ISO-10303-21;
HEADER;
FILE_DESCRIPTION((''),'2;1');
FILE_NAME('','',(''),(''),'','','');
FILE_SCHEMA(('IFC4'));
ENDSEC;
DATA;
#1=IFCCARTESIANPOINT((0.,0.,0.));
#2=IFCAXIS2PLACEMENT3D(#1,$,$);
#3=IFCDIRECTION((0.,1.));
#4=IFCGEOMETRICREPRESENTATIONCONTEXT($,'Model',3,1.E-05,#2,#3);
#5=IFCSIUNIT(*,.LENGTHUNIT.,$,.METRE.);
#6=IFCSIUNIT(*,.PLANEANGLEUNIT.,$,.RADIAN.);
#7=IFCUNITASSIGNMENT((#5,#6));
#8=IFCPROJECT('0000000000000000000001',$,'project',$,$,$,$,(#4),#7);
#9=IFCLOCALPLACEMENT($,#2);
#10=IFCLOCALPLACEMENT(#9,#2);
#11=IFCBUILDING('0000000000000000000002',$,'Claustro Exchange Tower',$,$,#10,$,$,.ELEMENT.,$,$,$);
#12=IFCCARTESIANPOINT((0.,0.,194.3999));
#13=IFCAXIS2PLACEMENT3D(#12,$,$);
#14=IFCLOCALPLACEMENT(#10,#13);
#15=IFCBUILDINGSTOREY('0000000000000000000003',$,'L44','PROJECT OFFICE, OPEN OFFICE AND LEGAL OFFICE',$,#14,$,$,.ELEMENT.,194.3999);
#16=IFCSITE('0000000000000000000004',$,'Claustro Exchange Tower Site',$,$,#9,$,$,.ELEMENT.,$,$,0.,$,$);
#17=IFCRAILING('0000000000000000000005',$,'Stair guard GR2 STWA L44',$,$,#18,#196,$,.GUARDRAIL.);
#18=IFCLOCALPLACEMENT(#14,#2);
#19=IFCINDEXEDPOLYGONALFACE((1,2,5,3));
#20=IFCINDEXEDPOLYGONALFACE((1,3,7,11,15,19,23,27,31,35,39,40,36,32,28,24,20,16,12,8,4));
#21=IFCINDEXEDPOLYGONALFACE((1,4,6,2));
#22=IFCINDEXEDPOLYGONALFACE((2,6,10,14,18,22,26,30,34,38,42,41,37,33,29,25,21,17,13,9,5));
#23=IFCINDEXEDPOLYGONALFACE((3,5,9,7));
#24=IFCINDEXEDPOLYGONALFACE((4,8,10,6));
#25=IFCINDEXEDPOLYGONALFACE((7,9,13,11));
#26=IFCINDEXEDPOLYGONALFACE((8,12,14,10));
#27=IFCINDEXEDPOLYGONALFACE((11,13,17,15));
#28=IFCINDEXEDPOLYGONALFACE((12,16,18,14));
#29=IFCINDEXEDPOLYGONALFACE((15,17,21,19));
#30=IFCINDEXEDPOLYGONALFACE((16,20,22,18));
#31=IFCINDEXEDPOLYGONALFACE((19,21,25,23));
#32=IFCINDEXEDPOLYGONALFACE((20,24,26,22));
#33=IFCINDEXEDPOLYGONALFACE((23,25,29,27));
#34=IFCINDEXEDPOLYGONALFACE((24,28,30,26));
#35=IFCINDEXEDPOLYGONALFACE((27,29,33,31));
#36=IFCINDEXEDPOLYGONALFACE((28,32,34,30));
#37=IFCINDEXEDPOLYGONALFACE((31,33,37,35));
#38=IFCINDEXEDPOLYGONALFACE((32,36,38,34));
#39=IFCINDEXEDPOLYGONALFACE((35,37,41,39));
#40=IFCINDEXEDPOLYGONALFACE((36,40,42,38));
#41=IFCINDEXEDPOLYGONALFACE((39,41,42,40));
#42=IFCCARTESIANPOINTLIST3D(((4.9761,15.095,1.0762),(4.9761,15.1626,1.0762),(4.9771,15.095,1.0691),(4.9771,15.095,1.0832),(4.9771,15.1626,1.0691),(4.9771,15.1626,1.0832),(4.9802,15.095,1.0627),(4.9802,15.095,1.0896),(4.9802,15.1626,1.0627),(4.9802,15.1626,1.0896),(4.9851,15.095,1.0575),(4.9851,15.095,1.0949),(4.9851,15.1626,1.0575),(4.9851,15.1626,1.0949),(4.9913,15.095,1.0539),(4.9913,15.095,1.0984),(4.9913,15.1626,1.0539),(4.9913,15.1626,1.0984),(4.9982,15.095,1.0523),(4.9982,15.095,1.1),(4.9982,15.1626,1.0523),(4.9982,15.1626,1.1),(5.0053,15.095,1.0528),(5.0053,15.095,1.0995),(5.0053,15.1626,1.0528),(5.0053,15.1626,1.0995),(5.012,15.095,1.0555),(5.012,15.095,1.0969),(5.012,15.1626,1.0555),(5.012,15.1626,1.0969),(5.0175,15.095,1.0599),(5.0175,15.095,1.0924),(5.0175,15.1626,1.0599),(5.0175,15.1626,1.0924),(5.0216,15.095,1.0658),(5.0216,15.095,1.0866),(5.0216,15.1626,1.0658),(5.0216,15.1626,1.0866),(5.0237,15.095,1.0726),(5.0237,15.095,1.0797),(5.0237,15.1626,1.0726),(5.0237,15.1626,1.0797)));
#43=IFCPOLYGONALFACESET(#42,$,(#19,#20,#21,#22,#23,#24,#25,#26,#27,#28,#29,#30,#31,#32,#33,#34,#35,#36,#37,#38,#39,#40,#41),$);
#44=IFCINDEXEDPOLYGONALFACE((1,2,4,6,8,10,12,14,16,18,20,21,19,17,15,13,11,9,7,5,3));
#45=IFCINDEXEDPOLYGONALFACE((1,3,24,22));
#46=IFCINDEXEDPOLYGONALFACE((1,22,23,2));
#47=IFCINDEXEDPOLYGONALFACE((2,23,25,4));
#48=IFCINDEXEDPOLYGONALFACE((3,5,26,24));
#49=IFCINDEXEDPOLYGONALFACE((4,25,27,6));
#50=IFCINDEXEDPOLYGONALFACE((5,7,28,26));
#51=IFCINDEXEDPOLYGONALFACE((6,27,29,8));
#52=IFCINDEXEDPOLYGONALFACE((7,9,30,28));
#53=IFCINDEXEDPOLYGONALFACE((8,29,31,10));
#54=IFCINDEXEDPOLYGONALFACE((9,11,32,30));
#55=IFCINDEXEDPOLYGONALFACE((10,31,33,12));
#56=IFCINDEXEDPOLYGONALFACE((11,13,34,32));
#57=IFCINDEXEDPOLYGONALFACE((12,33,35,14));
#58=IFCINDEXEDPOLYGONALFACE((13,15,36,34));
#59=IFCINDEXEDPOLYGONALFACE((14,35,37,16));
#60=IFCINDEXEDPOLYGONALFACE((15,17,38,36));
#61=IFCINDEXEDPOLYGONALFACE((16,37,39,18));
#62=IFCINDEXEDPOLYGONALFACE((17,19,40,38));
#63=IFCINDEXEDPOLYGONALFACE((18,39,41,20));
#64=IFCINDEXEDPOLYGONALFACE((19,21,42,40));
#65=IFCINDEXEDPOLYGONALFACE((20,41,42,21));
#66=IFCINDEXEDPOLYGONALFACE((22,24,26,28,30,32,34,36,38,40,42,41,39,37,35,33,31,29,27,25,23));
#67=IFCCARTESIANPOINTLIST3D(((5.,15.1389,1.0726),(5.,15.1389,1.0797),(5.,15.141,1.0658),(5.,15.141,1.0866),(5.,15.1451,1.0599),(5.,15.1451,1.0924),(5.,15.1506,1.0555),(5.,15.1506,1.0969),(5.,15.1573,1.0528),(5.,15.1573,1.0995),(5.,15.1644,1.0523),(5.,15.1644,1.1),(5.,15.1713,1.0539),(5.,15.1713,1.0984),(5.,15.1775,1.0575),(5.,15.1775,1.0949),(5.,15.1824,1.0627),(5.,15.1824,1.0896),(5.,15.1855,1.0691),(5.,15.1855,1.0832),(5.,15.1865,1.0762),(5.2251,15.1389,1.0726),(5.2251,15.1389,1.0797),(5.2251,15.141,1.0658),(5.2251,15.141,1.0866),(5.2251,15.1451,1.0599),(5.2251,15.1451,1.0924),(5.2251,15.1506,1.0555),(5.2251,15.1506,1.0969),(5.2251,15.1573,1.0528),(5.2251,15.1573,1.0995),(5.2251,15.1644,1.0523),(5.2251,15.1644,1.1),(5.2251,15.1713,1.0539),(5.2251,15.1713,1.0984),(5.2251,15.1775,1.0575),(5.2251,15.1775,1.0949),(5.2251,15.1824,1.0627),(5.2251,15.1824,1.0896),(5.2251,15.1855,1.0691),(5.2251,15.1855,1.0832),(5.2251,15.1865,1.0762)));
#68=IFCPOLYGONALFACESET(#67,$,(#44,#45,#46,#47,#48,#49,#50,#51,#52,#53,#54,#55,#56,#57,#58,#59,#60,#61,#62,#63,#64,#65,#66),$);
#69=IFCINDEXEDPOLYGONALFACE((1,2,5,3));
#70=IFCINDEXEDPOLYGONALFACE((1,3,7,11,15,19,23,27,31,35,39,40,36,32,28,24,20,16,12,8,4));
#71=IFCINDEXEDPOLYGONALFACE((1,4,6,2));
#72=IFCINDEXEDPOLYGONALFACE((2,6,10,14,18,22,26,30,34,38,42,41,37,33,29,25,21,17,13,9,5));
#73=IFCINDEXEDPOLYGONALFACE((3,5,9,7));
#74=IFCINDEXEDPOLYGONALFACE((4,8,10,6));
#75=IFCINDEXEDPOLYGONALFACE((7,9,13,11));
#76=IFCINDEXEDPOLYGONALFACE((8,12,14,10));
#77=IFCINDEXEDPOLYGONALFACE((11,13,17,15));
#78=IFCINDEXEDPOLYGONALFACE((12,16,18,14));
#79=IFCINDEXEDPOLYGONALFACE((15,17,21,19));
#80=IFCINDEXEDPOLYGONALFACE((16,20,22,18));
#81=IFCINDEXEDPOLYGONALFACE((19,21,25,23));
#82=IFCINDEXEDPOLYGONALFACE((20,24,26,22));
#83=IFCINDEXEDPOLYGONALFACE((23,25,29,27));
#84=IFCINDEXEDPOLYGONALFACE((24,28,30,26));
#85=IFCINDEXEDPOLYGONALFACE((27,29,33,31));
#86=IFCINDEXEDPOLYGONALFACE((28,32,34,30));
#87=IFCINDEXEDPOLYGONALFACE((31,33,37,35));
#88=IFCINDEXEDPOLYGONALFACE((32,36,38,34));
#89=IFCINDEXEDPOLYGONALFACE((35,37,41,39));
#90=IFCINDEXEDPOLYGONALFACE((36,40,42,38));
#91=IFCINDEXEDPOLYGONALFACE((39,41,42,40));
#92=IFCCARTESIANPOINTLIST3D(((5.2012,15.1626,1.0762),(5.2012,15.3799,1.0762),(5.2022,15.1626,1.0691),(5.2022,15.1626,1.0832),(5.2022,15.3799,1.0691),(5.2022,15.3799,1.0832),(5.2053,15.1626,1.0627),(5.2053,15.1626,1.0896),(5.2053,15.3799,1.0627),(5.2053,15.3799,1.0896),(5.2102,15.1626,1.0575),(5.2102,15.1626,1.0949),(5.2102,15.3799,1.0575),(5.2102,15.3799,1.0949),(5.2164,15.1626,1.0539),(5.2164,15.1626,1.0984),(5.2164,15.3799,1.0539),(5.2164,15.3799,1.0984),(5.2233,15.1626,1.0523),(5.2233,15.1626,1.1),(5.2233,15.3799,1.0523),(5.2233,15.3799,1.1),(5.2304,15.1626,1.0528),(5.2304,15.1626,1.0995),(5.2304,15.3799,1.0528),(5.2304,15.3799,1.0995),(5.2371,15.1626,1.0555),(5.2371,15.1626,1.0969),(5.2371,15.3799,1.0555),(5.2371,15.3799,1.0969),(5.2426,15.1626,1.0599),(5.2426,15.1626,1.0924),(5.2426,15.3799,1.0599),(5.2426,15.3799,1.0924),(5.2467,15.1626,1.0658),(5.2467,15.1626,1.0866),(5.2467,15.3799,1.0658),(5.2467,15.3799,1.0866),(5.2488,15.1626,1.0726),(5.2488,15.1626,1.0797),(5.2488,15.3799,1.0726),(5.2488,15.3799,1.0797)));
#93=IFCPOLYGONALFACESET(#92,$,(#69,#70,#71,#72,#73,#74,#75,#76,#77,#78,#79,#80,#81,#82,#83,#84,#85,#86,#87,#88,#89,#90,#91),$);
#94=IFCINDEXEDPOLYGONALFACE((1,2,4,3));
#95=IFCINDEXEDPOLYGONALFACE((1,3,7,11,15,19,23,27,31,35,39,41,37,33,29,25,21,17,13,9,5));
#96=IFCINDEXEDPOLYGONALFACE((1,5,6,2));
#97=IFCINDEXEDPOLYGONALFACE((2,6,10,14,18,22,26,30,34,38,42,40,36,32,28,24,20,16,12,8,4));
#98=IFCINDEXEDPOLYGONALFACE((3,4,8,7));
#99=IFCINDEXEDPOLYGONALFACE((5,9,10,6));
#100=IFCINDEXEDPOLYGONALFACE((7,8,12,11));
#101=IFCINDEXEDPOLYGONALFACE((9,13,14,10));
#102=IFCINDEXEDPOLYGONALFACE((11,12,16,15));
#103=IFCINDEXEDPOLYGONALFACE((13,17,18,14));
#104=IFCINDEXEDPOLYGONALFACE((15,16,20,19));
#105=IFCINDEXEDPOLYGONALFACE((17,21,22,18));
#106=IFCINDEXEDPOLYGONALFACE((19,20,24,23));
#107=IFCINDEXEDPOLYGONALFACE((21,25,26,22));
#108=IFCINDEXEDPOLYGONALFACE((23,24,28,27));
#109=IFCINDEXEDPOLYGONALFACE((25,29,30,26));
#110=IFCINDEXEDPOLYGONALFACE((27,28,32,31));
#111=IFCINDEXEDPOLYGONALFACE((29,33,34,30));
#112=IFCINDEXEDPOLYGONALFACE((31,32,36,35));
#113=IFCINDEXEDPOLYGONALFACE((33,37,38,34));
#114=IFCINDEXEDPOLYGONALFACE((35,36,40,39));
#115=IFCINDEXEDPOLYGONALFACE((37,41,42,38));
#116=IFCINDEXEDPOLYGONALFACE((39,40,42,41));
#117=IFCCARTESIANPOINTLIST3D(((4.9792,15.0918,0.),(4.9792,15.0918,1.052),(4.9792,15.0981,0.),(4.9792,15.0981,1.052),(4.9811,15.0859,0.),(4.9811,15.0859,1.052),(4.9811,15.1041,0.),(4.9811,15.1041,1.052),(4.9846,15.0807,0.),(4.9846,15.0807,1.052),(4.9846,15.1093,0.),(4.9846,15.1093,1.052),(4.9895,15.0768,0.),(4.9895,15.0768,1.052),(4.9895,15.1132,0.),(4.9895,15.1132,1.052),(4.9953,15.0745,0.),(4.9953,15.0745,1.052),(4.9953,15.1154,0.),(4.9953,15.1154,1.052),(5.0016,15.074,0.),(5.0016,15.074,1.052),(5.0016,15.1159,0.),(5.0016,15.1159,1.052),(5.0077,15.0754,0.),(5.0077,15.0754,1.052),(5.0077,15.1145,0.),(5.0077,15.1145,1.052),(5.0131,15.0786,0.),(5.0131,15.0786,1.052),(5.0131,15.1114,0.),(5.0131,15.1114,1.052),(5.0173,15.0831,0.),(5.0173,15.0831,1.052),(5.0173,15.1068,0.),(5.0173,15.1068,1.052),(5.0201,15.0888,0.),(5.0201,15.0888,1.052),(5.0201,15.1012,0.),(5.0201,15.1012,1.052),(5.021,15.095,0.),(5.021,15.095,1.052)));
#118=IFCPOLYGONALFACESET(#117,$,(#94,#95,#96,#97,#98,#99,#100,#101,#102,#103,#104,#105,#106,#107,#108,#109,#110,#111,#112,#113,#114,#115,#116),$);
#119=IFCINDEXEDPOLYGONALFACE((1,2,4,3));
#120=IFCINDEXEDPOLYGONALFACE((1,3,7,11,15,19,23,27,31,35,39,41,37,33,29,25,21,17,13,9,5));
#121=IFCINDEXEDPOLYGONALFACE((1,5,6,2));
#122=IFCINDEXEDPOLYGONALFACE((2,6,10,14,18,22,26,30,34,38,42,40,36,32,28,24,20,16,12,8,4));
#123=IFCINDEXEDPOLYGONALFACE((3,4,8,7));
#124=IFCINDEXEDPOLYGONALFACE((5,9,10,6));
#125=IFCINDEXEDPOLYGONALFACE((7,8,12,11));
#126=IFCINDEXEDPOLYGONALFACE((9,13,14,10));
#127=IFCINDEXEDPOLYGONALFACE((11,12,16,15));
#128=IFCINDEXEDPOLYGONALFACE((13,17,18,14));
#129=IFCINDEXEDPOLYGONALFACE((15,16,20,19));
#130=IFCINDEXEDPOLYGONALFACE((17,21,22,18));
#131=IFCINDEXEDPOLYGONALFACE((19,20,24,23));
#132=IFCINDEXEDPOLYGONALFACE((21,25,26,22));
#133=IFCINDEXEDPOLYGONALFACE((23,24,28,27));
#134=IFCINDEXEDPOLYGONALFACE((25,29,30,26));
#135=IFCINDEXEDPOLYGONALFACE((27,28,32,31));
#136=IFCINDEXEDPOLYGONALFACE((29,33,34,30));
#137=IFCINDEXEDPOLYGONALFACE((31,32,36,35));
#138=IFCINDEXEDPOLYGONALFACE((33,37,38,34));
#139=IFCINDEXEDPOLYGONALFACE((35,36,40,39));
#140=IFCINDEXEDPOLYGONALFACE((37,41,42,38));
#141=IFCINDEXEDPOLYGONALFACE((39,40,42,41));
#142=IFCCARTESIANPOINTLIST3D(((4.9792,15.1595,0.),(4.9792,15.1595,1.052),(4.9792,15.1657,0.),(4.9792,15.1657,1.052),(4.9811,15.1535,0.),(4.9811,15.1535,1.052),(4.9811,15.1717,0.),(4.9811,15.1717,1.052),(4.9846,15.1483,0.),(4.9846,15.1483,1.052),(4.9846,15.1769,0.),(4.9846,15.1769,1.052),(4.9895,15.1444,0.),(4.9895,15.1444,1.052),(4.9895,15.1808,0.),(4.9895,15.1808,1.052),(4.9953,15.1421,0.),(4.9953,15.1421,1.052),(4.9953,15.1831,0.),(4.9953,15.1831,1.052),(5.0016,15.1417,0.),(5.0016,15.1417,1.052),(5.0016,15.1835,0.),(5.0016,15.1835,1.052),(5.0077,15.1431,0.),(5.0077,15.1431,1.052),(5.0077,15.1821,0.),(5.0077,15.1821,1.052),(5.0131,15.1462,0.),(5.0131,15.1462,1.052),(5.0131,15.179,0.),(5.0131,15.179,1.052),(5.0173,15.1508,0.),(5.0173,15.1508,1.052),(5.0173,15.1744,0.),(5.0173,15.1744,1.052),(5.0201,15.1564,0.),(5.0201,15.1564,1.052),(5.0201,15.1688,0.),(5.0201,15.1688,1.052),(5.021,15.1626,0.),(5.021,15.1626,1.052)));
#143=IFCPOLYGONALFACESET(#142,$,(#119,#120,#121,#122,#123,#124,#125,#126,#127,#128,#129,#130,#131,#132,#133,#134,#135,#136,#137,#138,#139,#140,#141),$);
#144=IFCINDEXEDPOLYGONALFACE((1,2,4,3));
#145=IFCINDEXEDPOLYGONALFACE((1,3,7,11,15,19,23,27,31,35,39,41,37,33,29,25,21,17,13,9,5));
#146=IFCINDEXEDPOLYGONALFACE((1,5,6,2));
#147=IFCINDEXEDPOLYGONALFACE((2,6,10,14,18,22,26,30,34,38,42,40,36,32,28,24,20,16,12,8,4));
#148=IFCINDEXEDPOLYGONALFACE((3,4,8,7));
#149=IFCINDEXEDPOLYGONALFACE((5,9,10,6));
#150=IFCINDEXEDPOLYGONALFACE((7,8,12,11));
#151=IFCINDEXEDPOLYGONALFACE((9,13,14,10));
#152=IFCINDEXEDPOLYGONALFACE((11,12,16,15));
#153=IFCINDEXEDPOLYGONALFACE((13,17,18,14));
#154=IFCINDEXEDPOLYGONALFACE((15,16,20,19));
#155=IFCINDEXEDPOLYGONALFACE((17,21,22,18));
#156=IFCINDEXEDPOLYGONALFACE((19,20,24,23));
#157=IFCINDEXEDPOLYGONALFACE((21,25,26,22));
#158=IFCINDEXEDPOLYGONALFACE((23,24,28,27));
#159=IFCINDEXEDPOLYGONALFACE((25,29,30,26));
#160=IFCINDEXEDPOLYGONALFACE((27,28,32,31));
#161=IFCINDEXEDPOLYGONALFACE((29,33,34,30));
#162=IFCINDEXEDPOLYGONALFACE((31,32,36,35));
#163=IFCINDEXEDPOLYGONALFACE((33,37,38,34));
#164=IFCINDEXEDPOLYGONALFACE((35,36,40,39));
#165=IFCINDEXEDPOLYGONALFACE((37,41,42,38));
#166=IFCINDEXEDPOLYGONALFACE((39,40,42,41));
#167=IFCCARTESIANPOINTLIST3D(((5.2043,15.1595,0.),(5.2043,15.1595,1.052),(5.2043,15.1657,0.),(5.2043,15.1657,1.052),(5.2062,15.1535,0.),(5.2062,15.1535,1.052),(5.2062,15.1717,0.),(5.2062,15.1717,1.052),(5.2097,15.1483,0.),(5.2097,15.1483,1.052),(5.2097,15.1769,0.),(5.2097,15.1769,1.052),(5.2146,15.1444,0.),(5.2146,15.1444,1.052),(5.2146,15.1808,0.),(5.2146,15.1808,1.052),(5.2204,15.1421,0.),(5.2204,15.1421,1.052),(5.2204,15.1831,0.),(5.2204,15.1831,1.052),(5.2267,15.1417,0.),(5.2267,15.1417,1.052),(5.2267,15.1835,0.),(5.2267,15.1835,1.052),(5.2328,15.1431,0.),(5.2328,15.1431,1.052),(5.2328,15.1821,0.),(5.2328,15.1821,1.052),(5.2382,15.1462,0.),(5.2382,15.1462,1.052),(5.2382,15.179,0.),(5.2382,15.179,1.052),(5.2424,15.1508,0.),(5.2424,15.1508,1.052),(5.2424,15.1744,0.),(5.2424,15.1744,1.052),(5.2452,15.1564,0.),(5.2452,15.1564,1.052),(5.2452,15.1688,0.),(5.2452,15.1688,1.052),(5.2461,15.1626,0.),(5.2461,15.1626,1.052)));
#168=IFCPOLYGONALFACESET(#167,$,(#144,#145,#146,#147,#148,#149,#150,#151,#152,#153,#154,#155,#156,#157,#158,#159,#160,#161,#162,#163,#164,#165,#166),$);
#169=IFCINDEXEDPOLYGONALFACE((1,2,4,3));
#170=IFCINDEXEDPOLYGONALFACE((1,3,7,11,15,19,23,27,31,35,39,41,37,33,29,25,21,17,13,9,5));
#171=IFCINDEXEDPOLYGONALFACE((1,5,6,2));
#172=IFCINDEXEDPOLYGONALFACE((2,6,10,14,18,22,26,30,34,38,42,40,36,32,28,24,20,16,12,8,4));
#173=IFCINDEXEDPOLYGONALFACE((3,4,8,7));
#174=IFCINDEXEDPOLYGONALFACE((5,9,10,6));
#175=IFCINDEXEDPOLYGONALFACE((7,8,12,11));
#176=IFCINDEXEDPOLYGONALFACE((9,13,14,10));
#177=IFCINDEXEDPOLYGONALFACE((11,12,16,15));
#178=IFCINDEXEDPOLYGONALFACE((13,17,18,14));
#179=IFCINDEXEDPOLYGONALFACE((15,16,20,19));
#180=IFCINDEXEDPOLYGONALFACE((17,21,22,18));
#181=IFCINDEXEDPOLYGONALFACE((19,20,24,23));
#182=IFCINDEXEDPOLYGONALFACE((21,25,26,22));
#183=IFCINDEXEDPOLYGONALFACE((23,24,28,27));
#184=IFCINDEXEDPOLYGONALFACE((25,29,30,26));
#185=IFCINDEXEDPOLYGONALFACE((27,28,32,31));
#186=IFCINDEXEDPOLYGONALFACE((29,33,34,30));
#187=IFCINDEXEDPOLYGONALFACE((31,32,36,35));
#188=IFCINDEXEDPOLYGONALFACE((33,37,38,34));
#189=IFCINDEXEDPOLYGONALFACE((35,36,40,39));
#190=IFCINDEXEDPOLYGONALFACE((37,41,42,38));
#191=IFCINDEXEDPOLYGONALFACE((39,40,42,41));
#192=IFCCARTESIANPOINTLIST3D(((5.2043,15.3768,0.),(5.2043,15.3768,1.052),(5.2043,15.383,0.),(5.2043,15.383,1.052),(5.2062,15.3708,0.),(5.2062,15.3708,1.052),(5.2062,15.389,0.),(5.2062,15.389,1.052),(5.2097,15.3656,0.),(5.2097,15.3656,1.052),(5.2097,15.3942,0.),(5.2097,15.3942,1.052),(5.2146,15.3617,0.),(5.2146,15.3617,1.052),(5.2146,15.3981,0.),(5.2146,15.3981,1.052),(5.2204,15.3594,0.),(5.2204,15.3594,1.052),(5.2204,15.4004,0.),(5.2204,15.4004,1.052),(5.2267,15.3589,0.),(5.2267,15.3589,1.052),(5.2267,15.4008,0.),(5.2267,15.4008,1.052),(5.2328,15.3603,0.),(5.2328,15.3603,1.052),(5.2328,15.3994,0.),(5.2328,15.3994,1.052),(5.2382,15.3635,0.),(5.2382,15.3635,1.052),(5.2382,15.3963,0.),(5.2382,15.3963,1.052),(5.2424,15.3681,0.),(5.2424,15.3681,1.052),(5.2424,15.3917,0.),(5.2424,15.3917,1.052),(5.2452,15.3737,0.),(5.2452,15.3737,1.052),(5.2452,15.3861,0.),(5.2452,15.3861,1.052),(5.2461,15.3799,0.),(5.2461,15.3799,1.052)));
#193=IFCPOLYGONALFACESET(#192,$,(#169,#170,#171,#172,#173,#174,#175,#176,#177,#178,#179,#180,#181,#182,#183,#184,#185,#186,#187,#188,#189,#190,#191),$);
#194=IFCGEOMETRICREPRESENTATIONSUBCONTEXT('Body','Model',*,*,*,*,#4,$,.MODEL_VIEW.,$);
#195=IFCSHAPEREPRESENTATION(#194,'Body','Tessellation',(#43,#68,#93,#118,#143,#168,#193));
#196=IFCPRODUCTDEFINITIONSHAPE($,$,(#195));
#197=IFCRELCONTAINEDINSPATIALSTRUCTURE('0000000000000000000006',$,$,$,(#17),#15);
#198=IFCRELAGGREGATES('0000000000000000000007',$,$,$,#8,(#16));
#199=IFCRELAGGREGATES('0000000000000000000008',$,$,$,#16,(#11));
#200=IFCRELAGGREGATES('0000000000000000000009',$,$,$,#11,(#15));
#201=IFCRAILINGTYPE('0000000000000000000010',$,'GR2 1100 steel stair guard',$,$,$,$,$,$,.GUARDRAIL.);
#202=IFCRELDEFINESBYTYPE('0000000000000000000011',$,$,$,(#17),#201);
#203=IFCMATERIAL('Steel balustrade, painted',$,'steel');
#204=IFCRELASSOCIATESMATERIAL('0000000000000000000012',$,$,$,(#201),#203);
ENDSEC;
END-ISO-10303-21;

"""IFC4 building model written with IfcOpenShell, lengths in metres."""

from ifc_helpers import new_model, si_unit, direction, frame, origin, origin_2d, place, context, subcontext, project, spatial, circle, extrude, material, type_object, element, save


model = new_model("IFC4")

# Units and contexts
model_context = context("Model", 3, precision=1e-05, world=origin(), true_north=direction((0.0, 1.0)))
body_context = subcontext(model_context, "Body", "Model", "MODEL_VIEW")
ifc_project = project(units=[si_unit("LENGTHUNIT", "METRE"), si_unit("PLANEANGLEUNIT", "RADIAN")], contexts=[model_context])

# Site, building, storey
site_placement = place(None, origin())
site = spatial("IfcSite", under=ifc_project, at=site_placement, Name="Claustro Exchange Tower Site", CompositionType="ELEMENT", RefElevation=0.0)
building_placement = place(site_placement, origin())
building = spatial("IfcBuilding", under=site, at=building_placement, Name="Claustro Exchange Tower", CompositionType="ELEMENT")
storey_placement = place(building_placement, frame((0.0, 0.0, 194.3999)))
storey = spatial("IfcBuildingStorey", under=building, at=storey_placement, Name="L44", Description="PROJECT OFFICE, OPEN OFFICE AND LEGAL OFFICE", CompositionType="ELEMENT", Elevation=194.3999)

# Railing
ifc_material_1 = material(Name="Steel balustrade, painted", Category="steel")
railing_type_1 = type_object("IfcRailingType", Name="GR2 1100 steel stair guard", PredefinedType="GUARDRAIL", material=ifc_material_1)
railing_1_placement = place(storey_placement, frame((5.0, 15.095, 0.0)))
element("IfcRailing", 1, at=railing_1_placement, inside=storey, type_object=railing_type_1, Name="Stair guard GR2 STWA L44", PredefinedType="GUARDRAIL", context=body_context, shape_type="SweptSolid", body=[
    extrude(circle(Radius=0.0239, at=origin_2d()), frame((0.0, 0.0, 1.0762), z_axis=(0.0, 1.0, 0.0), x_axis=(-1.0, 0.0, 0.0)), (0.0, 0.0, 1.0), 0.0676),
    extrude(circle(Radius=0.0239, at=origin_2d()), frame((0.0, 0.0676, 1.0762), z_axis=(1.0, 0.0, 0.0), x_axis=(0.0, 1.0, 0.0)), (0.0, 0.0, 1.0), 0.2251),
    extrude(circle(Radius=0.0239, at=origin_2d()), frame((0.2251, 0.0676, 1.0762), z_axis=(0.0, 1.0, 0.0), x_axis=(-1.0, 0.0, 0.0)), (0.0, 0.0, 1.0), 0.2173),
    extrude(circle(Radius=0.021, at=origin_2d()), origin(), (0.0, 0.0, 1.0), 1.052),
    extrude(circle(Radius=0.021, at=origin_2d()), frame((0.0, 0.0676, 0.0)), (0.0, 0.0, 1.0), 1.052),
    extrude(circle(Radius=0.021, at=origin_2d()), frame((0.2251, 0.0676, 0.0)), (0.0, 0.0, 1.0), 1.052),
    extrude(circle(Radius=0.021, at=origin_2d()), frame((0.2251, 0.2849, 0.0)), (0.0, 0.0, 1.0), 1.052),
])

save(model, "model.ifc")
